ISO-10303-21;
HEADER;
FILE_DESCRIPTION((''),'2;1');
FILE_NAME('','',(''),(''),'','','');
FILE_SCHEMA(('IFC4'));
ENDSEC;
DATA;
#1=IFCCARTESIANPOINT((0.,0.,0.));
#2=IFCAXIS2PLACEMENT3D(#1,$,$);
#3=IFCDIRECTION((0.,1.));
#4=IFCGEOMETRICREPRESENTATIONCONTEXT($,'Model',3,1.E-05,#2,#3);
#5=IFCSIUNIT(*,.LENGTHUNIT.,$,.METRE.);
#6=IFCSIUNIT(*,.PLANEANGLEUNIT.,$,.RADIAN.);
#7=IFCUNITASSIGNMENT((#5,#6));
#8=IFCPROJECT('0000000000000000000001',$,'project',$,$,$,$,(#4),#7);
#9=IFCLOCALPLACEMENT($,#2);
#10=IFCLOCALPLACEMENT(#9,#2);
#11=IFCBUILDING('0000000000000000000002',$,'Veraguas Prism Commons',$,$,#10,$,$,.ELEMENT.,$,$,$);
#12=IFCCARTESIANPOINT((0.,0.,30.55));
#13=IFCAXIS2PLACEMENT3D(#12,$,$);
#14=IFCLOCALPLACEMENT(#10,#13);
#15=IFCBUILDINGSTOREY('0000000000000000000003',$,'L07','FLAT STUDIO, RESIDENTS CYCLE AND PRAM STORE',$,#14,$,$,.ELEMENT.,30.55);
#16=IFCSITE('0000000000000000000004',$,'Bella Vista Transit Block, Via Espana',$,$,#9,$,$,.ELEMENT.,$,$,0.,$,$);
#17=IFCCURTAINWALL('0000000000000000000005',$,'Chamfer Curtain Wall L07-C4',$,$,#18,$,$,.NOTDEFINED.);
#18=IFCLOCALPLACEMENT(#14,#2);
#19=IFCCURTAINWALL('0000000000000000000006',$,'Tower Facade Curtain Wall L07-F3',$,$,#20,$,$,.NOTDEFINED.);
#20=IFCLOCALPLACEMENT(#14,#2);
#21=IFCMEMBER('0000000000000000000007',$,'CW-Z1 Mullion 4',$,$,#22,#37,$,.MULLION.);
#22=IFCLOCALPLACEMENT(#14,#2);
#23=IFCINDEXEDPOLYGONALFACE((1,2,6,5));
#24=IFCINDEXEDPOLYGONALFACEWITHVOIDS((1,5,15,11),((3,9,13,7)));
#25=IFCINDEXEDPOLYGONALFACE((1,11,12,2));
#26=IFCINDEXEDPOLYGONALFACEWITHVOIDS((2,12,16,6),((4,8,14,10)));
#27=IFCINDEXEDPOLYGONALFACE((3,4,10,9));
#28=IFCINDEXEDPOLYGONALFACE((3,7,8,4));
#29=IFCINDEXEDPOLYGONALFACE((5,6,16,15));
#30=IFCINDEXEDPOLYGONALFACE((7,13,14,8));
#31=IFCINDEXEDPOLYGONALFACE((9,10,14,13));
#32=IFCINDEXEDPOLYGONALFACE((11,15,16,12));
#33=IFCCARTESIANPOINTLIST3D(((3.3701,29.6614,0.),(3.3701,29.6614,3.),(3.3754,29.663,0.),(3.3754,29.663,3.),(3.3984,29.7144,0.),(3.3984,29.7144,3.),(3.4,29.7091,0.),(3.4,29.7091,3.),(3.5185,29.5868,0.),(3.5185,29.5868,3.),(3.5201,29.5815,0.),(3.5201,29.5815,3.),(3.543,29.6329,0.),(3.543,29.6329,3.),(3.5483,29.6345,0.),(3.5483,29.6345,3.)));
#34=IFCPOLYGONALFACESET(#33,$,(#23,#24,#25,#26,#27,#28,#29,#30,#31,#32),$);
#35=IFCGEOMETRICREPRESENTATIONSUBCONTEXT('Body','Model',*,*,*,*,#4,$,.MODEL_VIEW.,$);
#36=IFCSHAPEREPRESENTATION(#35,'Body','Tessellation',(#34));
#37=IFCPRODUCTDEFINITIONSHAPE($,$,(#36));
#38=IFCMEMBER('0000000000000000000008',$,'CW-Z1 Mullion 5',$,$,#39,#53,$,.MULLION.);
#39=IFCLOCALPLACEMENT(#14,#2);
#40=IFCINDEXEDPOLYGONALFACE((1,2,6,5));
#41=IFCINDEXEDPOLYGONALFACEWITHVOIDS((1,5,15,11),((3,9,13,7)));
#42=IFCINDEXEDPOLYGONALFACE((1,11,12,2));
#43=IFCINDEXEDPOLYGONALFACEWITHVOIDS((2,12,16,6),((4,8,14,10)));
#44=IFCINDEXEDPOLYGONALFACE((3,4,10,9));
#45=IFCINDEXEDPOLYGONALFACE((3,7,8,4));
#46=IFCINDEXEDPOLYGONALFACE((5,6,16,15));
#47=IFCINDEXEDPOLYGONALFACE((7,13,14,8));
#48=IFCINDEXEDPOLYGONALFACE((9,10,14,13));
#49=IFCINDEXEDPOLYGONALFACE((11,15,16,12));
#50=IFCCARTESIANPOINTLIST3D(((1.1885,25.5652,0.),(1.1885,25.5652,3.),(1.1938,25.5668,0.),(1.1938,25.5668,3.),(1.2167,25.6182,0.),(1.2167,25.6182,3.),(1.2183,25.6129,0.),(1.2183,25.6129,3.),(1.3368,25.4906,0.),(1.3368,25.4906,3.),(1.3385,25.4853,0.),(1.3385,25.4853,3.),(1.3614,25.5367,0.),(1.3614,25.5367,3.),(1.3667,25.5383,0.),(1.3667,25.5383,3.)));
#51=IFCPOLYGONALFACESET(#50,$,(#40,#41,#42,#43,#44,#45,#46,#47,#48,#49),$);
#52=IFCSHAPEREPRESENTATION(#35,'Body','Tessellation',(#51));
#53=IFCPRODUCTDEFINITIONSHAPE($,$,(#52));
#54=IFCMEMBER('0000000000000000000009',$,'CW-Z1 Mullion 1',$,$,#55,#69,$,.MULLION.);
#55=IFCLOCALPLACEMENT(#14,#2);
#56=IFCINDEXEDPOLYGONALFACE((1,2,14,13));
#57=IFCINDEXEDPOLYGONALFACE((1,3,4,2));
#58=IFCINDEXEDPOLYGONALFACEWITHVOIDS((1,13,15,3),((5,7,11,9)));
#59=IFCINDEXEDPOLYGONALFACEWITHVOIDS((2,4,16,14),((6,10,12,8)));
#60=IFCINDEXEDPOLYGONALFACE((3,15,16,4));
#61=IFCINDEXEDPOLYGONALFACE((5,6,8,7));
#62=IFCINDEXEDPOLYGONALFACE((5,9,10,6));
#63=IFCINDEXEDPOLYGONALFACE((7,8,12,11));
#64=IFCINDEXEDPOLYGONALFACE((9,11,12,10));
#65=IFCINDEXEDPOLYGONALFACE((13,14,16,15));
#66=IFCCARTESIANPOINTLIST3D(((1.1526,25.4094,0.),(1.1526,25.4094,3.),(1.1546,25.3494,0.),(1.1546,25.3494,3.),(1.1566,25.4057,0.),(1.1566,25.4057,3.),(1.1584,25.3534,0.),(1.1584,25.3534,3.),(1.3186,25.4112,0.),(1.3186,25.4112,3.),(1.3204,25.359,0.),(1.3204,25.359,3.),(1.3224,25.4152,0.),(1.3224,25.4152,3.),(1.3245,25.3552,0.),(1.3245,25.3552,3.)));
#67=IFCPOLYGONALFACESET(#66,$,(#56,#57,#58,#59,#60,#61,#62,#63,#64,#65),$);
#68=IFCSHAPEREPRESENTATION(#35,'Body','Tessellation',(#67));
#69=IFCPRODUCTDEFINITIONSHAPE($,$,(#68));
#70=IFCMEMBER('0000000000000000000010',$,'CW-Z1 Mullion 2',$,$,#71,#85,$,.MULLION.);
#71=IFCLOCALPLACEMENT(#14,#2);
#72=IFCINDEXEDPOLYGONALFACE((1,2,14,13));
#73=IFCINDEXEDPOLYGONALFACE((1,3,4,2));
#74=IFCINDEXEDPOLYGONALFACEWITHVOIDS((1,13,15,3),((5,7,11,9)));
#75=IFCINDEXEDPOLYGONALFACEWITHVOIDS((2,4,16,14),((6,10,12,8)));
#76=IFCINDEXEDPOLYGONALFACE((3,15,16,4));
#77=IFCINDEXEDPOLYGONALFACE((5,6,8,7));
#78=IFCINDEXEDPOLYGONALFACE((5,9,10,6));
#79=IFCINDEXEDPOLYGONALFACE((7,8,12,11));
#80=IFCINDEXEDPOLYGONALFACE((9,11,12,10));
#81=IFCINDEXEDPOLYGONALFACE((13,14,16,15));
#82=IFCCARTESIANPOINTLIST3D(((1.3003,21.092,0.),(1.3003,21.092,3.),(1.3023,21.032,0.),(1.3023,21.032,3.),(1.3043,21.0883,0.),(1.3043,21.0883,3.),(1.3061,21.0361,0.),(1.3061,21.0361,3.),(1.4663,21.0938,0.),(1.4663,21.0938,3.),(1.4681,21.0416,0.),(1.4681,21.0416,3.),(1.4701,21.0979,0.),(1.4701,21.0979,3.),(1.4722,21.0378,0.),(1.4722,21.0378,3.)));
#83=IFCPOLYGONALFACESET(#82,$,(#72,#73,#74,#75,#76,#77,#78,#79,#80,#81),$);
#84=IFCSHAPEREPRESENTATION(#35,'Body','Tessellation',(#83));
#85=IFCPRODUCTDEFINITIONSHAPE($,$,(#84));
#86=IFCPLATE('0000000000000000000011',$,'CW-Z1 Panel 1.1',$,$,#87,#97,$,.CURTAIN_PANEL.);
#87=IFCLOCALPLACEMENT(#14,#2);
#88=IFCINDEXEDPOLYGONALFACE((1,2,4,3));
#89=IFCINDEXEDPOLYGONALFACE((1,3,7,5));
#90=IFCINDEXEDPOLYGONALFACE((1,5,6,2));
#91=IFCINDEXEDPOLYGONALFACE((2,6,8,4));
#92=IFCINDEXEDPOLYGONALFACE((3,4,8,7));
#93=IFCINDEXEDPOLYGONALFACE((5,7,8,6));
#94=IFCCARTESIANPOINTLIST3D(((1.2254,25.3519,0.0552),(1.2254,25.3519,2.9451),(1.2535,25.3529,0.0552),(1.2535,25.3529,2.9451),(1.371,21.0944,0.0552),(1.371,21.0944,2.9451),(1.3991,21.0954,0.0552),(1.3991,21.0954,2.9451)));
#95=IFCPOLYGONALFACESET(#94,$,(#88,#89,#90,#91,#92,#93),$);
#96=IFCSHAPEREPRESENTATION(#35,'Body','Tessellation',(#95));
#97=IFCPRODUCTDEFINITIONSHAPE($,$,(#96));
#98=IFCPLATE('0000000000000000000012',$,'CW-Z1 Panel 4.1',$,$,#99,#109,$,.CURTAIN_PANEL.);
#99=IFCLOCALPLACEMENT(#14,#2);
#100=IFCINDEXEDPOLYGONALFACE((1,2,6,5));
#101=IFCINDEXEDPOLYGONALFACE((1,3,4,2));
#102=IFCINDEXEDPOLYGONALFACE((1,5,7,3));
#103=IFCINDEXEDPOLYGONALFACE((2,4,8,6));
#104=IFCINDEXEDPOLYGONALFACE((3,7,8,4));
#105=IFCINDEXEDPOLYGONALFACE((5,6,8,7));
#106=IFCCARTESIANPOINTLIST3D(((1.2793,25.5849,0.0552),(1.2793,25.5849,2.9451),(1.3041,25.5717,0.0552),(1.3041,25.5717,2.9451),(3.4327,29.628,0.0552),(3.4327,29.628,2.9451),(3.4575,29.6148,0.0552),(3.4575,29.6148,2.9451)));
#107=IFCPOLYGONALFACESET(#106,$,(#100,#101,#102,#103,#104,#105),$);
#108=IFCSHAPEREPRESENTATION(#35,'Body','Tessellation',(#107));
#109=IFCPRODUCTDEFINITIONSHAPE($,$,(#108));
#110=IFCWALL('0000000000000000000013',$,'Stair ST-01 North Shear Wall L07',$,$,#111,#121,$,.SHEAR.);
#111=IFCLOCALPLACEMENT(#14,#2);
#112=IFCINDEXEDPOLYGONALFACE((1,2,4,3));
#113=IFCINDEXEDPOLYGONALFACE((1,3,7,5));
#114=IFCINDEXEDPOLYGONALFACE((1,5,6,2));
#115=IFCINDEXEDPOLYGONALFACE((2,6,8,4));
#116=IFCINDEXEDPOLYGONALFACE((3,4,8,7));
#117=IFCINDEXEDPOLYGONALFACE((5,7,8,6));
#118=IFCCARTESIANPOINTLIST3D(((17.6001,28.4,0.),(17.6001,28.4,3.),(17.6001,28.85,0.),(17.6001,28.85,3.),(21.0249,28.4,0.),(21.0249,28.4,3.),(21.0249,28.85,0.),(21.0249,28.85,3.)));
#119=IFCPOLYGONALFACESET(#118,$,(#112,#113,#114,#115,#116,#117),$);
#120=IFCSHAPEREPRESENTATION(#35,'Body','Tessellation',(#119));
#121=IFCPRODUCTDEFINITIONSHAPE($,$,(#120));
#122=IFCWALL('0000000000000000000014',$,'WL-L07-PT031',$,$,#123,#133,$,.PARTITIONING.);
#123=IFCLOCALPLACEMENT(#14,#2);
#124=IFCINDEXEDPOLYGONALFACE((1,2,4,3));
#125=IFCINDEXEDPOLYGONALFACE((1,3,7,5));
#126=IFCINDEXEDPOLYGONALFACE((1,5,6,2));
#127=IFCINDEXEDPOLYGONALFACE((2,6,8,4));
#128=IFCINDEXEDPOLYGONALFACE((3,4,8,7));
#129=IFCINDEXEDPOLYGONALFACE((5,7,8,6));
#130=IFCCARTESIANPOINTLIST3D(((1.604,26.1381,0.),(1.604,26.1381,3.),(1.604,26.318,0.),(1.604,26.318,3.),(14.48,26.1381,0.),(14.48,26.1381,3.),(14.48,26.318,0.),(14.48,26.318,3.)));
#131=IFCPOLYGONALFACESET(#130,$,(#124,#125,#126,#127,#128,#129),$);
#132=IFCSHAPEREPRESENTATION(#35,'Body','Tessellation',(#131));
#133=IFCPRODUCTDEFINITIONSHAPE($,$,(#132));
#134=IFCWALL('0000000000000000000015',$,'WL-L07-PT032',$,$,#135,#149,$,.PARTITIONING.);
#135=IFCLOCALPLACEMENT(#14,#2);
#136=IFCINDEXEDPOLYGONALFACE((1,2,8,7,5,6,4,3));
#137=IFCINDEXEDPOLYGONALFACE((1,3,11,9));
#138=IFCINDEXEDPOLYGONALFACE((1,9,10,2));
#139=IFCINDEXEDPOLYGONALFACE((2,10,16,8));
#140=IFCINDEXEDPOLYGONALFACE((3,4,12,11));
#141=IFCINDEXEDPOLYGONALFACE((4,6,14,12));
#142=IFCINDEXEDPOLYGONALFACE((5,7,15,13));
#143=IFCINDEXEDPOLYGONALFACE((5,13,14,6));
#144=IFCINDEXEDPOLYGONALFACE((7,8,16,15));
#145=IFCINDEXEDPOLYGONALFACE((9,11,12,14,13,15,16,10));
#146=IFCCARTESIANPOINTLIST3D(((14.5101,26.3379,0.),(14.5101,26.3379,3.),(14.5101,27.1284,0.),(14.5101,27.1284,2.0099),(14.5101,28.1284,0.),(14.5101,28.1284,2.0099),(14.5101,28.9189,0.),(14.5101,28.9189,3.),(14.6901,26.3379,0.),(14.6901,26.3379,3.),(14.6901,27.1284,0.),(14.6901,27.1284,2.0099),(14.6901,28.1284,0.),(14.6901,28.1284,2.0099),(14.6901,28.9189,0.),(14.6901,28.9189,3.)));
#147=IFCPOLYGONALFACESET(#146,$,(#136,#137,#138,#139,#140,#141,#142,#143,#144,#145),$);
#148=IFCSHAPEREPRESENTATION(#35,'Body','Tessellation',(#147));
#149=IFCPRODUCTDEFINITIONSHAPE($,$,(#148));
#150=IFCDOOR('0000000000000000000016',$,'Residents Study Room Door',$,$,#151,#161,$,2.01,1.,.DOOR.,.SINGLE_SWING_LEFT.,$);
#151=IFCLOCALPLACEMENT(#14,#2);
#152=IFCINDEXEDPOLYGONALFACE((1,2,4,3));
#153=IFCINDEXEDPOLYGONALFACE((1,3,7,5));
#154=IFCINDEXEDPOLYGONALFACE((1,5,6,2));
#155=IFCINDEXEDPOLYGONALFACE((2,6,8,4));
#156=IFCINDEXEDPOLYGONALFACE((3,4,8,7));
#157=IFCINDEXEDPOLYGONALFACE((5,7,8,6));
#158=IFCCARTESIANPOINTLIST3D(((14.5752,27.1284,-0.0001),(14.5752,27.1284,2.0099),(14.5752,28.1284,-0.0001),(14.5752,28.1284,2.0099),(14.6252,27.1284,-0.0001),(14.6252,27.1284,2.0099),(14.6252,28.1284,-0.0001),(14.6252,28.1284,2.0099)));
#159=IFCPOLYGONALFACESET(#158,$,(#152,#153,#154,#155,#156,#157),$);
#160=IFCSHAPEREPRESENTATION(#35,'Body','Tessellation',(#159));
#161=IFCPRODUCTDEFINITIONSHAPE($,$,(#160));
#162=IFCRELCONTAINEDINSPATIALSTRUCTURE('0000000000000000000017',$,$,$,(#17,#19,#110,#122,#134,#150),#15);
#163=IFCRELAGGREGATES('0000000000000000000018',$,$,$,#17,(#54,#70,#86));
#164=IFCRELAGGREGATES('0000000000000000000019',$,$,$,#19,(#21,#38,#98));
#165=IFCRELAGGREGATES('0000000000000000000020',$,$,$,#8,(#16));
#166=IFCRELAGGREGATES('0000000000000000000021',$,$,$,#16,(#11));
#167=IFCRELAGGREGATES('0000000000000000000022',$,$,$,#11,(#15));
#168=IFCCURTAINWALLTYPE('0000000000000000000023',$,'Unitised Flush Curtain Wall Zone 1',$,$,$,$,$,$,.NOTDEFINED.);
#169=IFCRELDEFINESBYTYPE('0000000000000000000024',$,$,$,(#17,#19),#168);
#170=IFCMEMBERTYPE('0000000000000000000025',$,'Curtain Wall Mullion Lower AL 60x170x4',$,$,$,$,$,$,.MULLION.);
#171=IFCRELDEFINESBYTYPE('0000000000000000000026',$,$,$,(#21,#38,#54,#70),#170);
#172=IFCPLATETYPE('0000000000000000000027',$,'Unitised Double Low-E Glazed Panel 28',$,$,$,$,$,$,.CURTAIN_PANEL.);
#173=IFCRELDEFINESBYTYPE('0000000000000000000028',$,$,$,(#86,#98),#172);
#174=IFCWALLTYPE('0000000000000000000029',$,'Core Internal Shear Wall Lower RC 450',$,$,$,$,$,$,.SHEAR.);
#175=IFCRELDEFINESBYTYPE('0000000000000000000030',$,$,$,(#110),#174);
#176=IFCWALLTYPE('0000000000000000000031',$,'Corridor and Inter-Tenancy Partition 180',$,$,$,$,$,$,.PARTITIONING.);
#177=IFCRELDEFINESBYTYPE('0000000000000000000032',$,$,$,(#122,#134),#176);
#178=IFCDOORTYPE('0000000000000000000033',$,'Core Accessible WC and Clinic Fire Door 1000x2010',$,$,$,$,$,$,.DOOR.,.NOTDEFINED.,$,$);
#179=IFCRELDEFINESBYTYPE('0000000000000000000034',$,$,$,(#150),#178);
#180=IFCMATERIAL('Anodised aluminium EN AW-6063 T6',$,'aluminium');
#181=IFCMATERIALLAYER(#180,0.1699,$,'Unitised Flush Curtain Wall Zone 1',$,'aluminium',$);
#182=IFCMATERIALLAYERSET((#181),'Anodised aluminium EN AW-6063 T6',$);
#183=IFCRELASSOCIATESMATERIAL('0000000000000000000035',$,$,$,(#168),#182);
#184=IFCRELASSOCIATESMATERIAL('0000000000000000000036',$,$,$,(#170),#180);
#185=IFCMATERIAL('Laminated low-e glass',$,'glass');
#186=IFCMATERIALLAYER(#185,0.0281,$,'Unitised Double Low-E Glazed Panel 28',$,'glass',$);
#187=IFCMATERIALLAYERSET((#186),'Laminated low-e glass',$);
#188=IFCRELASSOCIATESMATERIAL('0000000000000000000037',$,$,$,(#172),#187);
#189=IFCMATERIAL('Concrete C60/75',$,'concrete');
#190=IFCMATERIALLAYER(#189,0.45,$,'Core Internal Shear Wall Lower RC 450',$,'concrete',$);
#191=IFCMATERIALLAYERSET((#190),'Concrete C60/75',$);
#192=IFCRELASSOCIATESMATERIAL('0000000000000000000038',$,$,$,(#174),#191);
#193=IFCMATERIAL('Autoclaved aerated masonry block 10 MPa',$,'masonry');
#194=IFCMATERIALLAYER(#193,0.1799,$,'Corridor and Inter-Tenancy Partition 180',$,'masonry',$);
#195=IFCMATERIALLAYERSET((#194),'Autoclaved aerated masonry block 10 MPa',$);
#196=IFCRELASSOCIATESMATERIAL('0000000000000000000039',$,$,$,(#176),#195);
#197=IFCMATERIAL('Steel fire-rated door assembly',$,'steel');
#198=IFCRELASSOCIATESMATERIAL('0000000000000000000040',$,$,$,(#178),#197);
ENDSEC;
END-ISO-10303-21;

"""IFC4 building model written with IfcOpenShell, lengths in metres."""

from ifc_helpers import new_model, si_unit, direction, frame, frame_2d, origin, origin_2d, place, context, subcontext, project, spatial, rectangle, hollow_rectangle, extrude, source, transform, mapped, material, layer, layer_set, material_profile, profile_set, type_object, element, fill, aggregate, save


model = new_model("IFC4")

# Units and contexts
model_context = context("Model", 3, precision=1e-05, world=origin(), true_north=direction((0.0, 1.0)))
body_context = subcontext(model_context, "Body", "Model", "MODEL_VIEW")
ifc_project = project(units=[si_unit("LENGTHUNIT", "METRE"), si_unit("PLANEANGLEUNIT", "RADIAN")], contexts=[model_context])

# Site, building, storey
site_placement = place(None, origin())
site = spatial("IfcSite", under=ifc_project, at=site_placement, Name="Bella Vista Transit Block, Via Espana", CompositionType="ELEMENT", RefElevation=0.0)
building_placement = place(site_placement, origin())
building = spatial("IfcBuilding", under=site, at=building_placement, Name="Veraguas Prism Commons", CompositionType="ELEMENT")
storey_placement = place(building_placement, frame((0.0, 0.0, 30.55)))
storey = spatial("IfcBuildingStorey", under=building, at=storey_placement, Name="L07", Description="FLAT STUDIO, RESIDENTS CYCLE AND PRAM STORE", CompositionType="ELEMENT", Elevation=30.55)

# Shared definitions
ifc_material_1 = material(Name="Concrete C60/75", Category="concrete")

# Curtain walls, members
ifc_material_2 = material(Name="Anodised aluminium EN AW-6063 T6", Category="aluminium")
ifc_layer_1 = layer(ifc_material_2, 0.1699, Name="Unitised Flush Curtain Wall Zone 1", Category="aluminium")
ifc_layer_set_1 = layer_set([ifc_layer_1], Name="Anodised aluminium EN AW-6063 T6")
curtain_wall_type = type_object("IfcCurtainWallType", Name="Unitised Flush Curtain Wall Zone 1", PredefinedType="NOTDEFINED", material=ifc_layer_set_1)
curtain_wall_1_placement = place(storey_placement, origin())
curtain_wall_1 = element("IfcCurtainWall", 1, at=curtain_wall_1_placement, inside=storey, type_object=curtain_wall_type, Name="Chamfer Curtain Wall L07-C4", PredefinedType="NOTDEFINED")
curtain_wall_2_placement = place(storey_placement, origin())
curtain_wall_2 = element("IfcCurtainWall", 2, at=curtain_wall_2_placement, inside=storey, type_object=curtain_wall_type, Name="Tower Facade Curtain Wall L07-F3", PredefinedType="NOTDEFINED")
ifc_material_profile_1 = material_profile(ifc_material_2, hollow_rectangle(XDim=0.0601, YDim=0.1699, WallThickness=0.0039, at=origin_2d()), Name="AL60X170X4")
ifc_profile_set_1 = profile_set([ifc_material_profile_1], Name="Anodised aluminium EN AW-6063 T6")
member_type_1 = type_object("IfcMemberType", Name="Curtain Wall Mullion Lower AL 60x170x4", PredefinedType="MULLION", material=ifc_profile_set_1)
shared_shape_1 = source(origin(), body_context, "Body", "SweptSolid", [
    extrude(hollow_rectangle(XDim=0.0601, YDim=0.1699, WallThickness=0.0039, at=origin_2d()), origin(), (0.0, 0.0, 1.0), 3.0),
])
member_1_placement = place(storey_placement, frame((3.4592, 29.6479, 0.0), z_axis=(0.0, 0.0, 1.0), x_axis=(-0.470089, -0.882619, 0.0)))
member_1 = element("IfcMember", 3, at=member_1_placement, type_object=member_type_1, Name="CW-Z1 Mullion 4", PredefinedType="MULLION", context=body_context, shape_type="MappedRepresentation", body=[
    mapped(shared_shape_1, transform((0.0, 0.0, 0.0), scale=1.0)),
])
member_2_placement = place(storey_placement, frame((1.2776, 25.5518, 0.0), z_axis=(0.0, 0.0, 1.0), x_axis=(-0.470089, -0.882619, 0.0)))
member_2 = element("IfcMember", 4, at=member_2_placement, type_object=member_type_1, Name="CW-Z1 Mullion 5", PredefinedType="MULLION", context=body_context, shape_type="MappedRepresentation", body=[
    mapped(shared_shape_1, transform((0.0, 0.0, 0.0), scale=1.0)),
])

# Members
member_3_placement = place(storey_placement, frame((1.2385, 25.3823, 0.0), z_axis=(0.0, 0.0, 1.0), x_axis=(0.034179, -0.999416, 0.0)))
member_3 = element("IfcMember", 5, at=member_3_placement, type_object=member_type_1, Name="CW-Z1 Mullion 1", PredefinedType="MULLION", context=body_context, shape_type="MappedRepresentation", body=[
    mapped(shared_shape_1, transform((0.0, 0.0, 0.0), scale=1.0)),
])
member_4_placement = place(storey_placement, frame((1.3862, 21.0649, 0.0), z_axis=(0.0, 0.0, 1.0), x_axis=(0.034179, -0.999416, 0.0)))
member_4 = element("IfcMember", 6, at=member_4_placement, type_object=member_type_1, Name="CW-Z1 Mullion 2", PredefinedType="MULLION", context=body_context, shape_type="MappedRepresentation", body=[
    mapped(shared_shape_1, transform((0.0, 0.0, 0.0), scale=1.0)),
])

# Plates
ifc_material_3 = material(Name="Laminated low-e glass", Category="glass")
ifc_layer_2 = layer(ifc_material_3, 0.0281, Name="Unitised Double Low-E Glazed Panel 28", Category="glass")
ifc_layer_set_2 = layer_set([ifc_layer_2], Name="Laminated low-e glass")
plate_type = type_object("IfcPlateType", Name="Unitised Double Low-E Glazed Panel 28", PredefinedType="CURTAIN_PANEL", material=ifc_layer_set_2)
shared_shape_2 = source(origin(), body_context, "Body", "SweptSolid", [
    extrude(rectangle(XDim=4.26, YDim=0.0281, at=origin_2d()), origin(), (0.0, 0.0, 1.0), 2.8899),
])
plate_1_placement = place(storey_placement, frame((1.3123, 23.2236, 0.0552), z_axis=(0.0, 0.0, 1.0), x_axis=(0.034179, -0.999416, 0.0)))
plate_1 = element("IfcPlate", 7, at=plate_1_placement, type_object=plate_type, Name="CW-Z1 Panel 1.1", PredefinedType="CURTAIN_PANEL", context=body_context, shape_type="MappedRepresentation", body=[
    mapped(shared_shape_2, transform((0.0, 0.0, 0.0), scale=1.0)),
])
aggregate(curtain_wall_1, [member_3, member_4, plate_1])
shared_shape_3 = source(origin(), body_context, "Body", "SweptSolid", [
    extrude(rectangle(XDim=4.5808, YDim=0.0281, at=origin_2d()), origin(), (0.0, 0.0, 1.0), 2.8899),
])
plate_2_placement = place(storey_placement, frame((2.3684, 27.5999, 0.0552), z_axis=(0.0, 0.0, 1.0), x_axis=(-0.470089, -0.882619, 0.0)))
plate_2 = element("IfcPlate", 8, at=plate_2_placement, type_object=plate_type, Name="CW-Z1 Panel 4.1", PredefinedType="CURTAIN_PANEL", context=body_context, shape_type="MappedRepresentation", body=[
    mapped(shared_shape_3, transform((0.0, 0.0, 0.0), scale=1.0)),
])
aggregate(curtain_wall_2, [member_1, member_2, plate_2])

# Walls
ifc_layer_3 = layer(ifc_material_1, 0.45, Name="Core Internal Shear Wall Lower RC 450", Category="concrete")
ifc_layer_set_3 = layer_set([ifc_layer_3], Name="Concrete C60/75")
wall_type_1 = type_object("IfcWallType", Name="Core Internal Shear Wall Lower RC 450", PredefinedType="SHEAR", material=ifc_layer_set_3)
wall_1_placement = place(storey_placement, frame((17.6001, 28.625, 0.0), z_axis=(0.0, 0.0, 1.0), x_axis=(1.0, 0.0, 0.0)))
element("IfcWall", 9, at=wall_1_placement, inside=storey, type_object=wall_type_1, Name="Stair ST-01 North Shear Wall L07", PredefinedType="SHEAR", context=body_context, shape_type="SweptSolid", body=[
    extrude(rectangle(XDim=3.4248, YDim=0.45, at=frame_2d((1.7124, 0.0))), origin(), (0.0, 0.0, 1.0), 3.0),
])
ifc_material_4 = material(Name="Autoclaved aerated masonry block 10 MPa", Category="masonry")
ifc_layer_4 = layer(ifc_material_4, 0.1799, Name="Corridor and Inter-Tenancy Partition 180", Category="masonry")
ifc_layer_set_4 = layer_set([ifc_layer_4], Name="Autoclaved aerated masonry block 10 MPa")
wall_type_2 = type_object("IfcWallType", Name="Corridor and Inter-Tenancy Partition 180", PredefinedType="PARTITIONING", material=ifc_layer_set_4)
wall_2_placement = place(storey_placement, frame((14.48, 26.228, 0.0), z_axis=(0.0, 0.0, 1.0), x_axis=(-1.0, 0.0, 0.0)))
element("IfcWall", 10, at=wall_2_placement, inside=storey, type_object=wall_type_2, Name="WL-L07-PT031", PredefinedType="PARTITIONING", context=body_context, shape_type="SweptSolid", body=[
    extrude(rectangle(XDim=12.876, YDim=0.1799, at=frame_2d((6.438, 0.0))), origin(), (0.0, 0.0, 1.0), 3.0),
])

# Wall, opening, door
wall_3_placement = place(storey_placement, frame((14.6001, 26.3379, 0.0), z_axis=(0.0, 0.0, 1.0), x_axis=(0.0, 1.0, 0.0)))
wall_3 = element("IfcWall", 11, at=wall_3_placement, inside=storey, type_object=wall_type_2, Name="WL-L07-PT032", PredefinedType="PARTITIONING", context=body_context, shape_type="SweptSolid", body=[
    extrude(rectangle(XDim=2.5811, YDim=0.1799, at=frame_2d((1.2905, 0.0))), origin(), (0.0, 0.0, 1.0), 3.0),
])
opening_1_placement = place(wall_3_placement, frame((0.7905, 0.0, 0.0)))
opening_1 = element("IfcOpeningElement", 12, at=opening_1_placement, cuts=wall_3, PredefinedType="OPENING", context=body_context, shape_type="SweptSolid", body=[
    extrude(rectangle(XDim=1.0, YDim=2.01, at=frame_2d((0.5, 1.0049))), frame((0.0, 0.0999, 0.0), z_axis=(0.0, -1.0, 0.0), x_axis=(1.0, 0.0, 0.0)), (0.0, 0.0, 1.0), 0.2),
])
ifc_material_5 = material(Name="Steel fire-rated door assembly", Category="steel")
door_type = type_object("IfcDoorType", Name="Core Accessible WC and Clinic Fire Door 1000x2010", OperationType="NOTDEFINED", PredefinedType="DOOR", material=ifc_material_5)
shared_shape_4 = source(origin(), body_context, "Body", "SweptSolid", [
    extrude(rectangle(XDim=1.0, YDim=2.01, at=frame_2d((0.5, 1.0049))), frame((0.0, 0.0249, 0.0), z_axis=(0.0, -1.0, 0.0), x_axis=(1.0, 0.0, 0.0)), (0.0, 0.0, 1.0), 0.05),
])
door_1_placement = place(opening_1_placement, origin())
door_1 = element("IfcDoor", 13, at=door_1_placement, inside=storey, type_object=door_type, Name="Residents Study Room Door", OperationType="SINGLE_SWING_LEFT", OverallHeight=2.01, OverallWidth=1.0, PredefinedType="DOOR", context=body_context, shape_type="MappedRepresentation", body=[
    mapped(shared_shape_4, transform((0.0, 0.0, 0.0), scale=1.0)),
])
fill(opening_1, door_1)

save(model, "model.ifc")
